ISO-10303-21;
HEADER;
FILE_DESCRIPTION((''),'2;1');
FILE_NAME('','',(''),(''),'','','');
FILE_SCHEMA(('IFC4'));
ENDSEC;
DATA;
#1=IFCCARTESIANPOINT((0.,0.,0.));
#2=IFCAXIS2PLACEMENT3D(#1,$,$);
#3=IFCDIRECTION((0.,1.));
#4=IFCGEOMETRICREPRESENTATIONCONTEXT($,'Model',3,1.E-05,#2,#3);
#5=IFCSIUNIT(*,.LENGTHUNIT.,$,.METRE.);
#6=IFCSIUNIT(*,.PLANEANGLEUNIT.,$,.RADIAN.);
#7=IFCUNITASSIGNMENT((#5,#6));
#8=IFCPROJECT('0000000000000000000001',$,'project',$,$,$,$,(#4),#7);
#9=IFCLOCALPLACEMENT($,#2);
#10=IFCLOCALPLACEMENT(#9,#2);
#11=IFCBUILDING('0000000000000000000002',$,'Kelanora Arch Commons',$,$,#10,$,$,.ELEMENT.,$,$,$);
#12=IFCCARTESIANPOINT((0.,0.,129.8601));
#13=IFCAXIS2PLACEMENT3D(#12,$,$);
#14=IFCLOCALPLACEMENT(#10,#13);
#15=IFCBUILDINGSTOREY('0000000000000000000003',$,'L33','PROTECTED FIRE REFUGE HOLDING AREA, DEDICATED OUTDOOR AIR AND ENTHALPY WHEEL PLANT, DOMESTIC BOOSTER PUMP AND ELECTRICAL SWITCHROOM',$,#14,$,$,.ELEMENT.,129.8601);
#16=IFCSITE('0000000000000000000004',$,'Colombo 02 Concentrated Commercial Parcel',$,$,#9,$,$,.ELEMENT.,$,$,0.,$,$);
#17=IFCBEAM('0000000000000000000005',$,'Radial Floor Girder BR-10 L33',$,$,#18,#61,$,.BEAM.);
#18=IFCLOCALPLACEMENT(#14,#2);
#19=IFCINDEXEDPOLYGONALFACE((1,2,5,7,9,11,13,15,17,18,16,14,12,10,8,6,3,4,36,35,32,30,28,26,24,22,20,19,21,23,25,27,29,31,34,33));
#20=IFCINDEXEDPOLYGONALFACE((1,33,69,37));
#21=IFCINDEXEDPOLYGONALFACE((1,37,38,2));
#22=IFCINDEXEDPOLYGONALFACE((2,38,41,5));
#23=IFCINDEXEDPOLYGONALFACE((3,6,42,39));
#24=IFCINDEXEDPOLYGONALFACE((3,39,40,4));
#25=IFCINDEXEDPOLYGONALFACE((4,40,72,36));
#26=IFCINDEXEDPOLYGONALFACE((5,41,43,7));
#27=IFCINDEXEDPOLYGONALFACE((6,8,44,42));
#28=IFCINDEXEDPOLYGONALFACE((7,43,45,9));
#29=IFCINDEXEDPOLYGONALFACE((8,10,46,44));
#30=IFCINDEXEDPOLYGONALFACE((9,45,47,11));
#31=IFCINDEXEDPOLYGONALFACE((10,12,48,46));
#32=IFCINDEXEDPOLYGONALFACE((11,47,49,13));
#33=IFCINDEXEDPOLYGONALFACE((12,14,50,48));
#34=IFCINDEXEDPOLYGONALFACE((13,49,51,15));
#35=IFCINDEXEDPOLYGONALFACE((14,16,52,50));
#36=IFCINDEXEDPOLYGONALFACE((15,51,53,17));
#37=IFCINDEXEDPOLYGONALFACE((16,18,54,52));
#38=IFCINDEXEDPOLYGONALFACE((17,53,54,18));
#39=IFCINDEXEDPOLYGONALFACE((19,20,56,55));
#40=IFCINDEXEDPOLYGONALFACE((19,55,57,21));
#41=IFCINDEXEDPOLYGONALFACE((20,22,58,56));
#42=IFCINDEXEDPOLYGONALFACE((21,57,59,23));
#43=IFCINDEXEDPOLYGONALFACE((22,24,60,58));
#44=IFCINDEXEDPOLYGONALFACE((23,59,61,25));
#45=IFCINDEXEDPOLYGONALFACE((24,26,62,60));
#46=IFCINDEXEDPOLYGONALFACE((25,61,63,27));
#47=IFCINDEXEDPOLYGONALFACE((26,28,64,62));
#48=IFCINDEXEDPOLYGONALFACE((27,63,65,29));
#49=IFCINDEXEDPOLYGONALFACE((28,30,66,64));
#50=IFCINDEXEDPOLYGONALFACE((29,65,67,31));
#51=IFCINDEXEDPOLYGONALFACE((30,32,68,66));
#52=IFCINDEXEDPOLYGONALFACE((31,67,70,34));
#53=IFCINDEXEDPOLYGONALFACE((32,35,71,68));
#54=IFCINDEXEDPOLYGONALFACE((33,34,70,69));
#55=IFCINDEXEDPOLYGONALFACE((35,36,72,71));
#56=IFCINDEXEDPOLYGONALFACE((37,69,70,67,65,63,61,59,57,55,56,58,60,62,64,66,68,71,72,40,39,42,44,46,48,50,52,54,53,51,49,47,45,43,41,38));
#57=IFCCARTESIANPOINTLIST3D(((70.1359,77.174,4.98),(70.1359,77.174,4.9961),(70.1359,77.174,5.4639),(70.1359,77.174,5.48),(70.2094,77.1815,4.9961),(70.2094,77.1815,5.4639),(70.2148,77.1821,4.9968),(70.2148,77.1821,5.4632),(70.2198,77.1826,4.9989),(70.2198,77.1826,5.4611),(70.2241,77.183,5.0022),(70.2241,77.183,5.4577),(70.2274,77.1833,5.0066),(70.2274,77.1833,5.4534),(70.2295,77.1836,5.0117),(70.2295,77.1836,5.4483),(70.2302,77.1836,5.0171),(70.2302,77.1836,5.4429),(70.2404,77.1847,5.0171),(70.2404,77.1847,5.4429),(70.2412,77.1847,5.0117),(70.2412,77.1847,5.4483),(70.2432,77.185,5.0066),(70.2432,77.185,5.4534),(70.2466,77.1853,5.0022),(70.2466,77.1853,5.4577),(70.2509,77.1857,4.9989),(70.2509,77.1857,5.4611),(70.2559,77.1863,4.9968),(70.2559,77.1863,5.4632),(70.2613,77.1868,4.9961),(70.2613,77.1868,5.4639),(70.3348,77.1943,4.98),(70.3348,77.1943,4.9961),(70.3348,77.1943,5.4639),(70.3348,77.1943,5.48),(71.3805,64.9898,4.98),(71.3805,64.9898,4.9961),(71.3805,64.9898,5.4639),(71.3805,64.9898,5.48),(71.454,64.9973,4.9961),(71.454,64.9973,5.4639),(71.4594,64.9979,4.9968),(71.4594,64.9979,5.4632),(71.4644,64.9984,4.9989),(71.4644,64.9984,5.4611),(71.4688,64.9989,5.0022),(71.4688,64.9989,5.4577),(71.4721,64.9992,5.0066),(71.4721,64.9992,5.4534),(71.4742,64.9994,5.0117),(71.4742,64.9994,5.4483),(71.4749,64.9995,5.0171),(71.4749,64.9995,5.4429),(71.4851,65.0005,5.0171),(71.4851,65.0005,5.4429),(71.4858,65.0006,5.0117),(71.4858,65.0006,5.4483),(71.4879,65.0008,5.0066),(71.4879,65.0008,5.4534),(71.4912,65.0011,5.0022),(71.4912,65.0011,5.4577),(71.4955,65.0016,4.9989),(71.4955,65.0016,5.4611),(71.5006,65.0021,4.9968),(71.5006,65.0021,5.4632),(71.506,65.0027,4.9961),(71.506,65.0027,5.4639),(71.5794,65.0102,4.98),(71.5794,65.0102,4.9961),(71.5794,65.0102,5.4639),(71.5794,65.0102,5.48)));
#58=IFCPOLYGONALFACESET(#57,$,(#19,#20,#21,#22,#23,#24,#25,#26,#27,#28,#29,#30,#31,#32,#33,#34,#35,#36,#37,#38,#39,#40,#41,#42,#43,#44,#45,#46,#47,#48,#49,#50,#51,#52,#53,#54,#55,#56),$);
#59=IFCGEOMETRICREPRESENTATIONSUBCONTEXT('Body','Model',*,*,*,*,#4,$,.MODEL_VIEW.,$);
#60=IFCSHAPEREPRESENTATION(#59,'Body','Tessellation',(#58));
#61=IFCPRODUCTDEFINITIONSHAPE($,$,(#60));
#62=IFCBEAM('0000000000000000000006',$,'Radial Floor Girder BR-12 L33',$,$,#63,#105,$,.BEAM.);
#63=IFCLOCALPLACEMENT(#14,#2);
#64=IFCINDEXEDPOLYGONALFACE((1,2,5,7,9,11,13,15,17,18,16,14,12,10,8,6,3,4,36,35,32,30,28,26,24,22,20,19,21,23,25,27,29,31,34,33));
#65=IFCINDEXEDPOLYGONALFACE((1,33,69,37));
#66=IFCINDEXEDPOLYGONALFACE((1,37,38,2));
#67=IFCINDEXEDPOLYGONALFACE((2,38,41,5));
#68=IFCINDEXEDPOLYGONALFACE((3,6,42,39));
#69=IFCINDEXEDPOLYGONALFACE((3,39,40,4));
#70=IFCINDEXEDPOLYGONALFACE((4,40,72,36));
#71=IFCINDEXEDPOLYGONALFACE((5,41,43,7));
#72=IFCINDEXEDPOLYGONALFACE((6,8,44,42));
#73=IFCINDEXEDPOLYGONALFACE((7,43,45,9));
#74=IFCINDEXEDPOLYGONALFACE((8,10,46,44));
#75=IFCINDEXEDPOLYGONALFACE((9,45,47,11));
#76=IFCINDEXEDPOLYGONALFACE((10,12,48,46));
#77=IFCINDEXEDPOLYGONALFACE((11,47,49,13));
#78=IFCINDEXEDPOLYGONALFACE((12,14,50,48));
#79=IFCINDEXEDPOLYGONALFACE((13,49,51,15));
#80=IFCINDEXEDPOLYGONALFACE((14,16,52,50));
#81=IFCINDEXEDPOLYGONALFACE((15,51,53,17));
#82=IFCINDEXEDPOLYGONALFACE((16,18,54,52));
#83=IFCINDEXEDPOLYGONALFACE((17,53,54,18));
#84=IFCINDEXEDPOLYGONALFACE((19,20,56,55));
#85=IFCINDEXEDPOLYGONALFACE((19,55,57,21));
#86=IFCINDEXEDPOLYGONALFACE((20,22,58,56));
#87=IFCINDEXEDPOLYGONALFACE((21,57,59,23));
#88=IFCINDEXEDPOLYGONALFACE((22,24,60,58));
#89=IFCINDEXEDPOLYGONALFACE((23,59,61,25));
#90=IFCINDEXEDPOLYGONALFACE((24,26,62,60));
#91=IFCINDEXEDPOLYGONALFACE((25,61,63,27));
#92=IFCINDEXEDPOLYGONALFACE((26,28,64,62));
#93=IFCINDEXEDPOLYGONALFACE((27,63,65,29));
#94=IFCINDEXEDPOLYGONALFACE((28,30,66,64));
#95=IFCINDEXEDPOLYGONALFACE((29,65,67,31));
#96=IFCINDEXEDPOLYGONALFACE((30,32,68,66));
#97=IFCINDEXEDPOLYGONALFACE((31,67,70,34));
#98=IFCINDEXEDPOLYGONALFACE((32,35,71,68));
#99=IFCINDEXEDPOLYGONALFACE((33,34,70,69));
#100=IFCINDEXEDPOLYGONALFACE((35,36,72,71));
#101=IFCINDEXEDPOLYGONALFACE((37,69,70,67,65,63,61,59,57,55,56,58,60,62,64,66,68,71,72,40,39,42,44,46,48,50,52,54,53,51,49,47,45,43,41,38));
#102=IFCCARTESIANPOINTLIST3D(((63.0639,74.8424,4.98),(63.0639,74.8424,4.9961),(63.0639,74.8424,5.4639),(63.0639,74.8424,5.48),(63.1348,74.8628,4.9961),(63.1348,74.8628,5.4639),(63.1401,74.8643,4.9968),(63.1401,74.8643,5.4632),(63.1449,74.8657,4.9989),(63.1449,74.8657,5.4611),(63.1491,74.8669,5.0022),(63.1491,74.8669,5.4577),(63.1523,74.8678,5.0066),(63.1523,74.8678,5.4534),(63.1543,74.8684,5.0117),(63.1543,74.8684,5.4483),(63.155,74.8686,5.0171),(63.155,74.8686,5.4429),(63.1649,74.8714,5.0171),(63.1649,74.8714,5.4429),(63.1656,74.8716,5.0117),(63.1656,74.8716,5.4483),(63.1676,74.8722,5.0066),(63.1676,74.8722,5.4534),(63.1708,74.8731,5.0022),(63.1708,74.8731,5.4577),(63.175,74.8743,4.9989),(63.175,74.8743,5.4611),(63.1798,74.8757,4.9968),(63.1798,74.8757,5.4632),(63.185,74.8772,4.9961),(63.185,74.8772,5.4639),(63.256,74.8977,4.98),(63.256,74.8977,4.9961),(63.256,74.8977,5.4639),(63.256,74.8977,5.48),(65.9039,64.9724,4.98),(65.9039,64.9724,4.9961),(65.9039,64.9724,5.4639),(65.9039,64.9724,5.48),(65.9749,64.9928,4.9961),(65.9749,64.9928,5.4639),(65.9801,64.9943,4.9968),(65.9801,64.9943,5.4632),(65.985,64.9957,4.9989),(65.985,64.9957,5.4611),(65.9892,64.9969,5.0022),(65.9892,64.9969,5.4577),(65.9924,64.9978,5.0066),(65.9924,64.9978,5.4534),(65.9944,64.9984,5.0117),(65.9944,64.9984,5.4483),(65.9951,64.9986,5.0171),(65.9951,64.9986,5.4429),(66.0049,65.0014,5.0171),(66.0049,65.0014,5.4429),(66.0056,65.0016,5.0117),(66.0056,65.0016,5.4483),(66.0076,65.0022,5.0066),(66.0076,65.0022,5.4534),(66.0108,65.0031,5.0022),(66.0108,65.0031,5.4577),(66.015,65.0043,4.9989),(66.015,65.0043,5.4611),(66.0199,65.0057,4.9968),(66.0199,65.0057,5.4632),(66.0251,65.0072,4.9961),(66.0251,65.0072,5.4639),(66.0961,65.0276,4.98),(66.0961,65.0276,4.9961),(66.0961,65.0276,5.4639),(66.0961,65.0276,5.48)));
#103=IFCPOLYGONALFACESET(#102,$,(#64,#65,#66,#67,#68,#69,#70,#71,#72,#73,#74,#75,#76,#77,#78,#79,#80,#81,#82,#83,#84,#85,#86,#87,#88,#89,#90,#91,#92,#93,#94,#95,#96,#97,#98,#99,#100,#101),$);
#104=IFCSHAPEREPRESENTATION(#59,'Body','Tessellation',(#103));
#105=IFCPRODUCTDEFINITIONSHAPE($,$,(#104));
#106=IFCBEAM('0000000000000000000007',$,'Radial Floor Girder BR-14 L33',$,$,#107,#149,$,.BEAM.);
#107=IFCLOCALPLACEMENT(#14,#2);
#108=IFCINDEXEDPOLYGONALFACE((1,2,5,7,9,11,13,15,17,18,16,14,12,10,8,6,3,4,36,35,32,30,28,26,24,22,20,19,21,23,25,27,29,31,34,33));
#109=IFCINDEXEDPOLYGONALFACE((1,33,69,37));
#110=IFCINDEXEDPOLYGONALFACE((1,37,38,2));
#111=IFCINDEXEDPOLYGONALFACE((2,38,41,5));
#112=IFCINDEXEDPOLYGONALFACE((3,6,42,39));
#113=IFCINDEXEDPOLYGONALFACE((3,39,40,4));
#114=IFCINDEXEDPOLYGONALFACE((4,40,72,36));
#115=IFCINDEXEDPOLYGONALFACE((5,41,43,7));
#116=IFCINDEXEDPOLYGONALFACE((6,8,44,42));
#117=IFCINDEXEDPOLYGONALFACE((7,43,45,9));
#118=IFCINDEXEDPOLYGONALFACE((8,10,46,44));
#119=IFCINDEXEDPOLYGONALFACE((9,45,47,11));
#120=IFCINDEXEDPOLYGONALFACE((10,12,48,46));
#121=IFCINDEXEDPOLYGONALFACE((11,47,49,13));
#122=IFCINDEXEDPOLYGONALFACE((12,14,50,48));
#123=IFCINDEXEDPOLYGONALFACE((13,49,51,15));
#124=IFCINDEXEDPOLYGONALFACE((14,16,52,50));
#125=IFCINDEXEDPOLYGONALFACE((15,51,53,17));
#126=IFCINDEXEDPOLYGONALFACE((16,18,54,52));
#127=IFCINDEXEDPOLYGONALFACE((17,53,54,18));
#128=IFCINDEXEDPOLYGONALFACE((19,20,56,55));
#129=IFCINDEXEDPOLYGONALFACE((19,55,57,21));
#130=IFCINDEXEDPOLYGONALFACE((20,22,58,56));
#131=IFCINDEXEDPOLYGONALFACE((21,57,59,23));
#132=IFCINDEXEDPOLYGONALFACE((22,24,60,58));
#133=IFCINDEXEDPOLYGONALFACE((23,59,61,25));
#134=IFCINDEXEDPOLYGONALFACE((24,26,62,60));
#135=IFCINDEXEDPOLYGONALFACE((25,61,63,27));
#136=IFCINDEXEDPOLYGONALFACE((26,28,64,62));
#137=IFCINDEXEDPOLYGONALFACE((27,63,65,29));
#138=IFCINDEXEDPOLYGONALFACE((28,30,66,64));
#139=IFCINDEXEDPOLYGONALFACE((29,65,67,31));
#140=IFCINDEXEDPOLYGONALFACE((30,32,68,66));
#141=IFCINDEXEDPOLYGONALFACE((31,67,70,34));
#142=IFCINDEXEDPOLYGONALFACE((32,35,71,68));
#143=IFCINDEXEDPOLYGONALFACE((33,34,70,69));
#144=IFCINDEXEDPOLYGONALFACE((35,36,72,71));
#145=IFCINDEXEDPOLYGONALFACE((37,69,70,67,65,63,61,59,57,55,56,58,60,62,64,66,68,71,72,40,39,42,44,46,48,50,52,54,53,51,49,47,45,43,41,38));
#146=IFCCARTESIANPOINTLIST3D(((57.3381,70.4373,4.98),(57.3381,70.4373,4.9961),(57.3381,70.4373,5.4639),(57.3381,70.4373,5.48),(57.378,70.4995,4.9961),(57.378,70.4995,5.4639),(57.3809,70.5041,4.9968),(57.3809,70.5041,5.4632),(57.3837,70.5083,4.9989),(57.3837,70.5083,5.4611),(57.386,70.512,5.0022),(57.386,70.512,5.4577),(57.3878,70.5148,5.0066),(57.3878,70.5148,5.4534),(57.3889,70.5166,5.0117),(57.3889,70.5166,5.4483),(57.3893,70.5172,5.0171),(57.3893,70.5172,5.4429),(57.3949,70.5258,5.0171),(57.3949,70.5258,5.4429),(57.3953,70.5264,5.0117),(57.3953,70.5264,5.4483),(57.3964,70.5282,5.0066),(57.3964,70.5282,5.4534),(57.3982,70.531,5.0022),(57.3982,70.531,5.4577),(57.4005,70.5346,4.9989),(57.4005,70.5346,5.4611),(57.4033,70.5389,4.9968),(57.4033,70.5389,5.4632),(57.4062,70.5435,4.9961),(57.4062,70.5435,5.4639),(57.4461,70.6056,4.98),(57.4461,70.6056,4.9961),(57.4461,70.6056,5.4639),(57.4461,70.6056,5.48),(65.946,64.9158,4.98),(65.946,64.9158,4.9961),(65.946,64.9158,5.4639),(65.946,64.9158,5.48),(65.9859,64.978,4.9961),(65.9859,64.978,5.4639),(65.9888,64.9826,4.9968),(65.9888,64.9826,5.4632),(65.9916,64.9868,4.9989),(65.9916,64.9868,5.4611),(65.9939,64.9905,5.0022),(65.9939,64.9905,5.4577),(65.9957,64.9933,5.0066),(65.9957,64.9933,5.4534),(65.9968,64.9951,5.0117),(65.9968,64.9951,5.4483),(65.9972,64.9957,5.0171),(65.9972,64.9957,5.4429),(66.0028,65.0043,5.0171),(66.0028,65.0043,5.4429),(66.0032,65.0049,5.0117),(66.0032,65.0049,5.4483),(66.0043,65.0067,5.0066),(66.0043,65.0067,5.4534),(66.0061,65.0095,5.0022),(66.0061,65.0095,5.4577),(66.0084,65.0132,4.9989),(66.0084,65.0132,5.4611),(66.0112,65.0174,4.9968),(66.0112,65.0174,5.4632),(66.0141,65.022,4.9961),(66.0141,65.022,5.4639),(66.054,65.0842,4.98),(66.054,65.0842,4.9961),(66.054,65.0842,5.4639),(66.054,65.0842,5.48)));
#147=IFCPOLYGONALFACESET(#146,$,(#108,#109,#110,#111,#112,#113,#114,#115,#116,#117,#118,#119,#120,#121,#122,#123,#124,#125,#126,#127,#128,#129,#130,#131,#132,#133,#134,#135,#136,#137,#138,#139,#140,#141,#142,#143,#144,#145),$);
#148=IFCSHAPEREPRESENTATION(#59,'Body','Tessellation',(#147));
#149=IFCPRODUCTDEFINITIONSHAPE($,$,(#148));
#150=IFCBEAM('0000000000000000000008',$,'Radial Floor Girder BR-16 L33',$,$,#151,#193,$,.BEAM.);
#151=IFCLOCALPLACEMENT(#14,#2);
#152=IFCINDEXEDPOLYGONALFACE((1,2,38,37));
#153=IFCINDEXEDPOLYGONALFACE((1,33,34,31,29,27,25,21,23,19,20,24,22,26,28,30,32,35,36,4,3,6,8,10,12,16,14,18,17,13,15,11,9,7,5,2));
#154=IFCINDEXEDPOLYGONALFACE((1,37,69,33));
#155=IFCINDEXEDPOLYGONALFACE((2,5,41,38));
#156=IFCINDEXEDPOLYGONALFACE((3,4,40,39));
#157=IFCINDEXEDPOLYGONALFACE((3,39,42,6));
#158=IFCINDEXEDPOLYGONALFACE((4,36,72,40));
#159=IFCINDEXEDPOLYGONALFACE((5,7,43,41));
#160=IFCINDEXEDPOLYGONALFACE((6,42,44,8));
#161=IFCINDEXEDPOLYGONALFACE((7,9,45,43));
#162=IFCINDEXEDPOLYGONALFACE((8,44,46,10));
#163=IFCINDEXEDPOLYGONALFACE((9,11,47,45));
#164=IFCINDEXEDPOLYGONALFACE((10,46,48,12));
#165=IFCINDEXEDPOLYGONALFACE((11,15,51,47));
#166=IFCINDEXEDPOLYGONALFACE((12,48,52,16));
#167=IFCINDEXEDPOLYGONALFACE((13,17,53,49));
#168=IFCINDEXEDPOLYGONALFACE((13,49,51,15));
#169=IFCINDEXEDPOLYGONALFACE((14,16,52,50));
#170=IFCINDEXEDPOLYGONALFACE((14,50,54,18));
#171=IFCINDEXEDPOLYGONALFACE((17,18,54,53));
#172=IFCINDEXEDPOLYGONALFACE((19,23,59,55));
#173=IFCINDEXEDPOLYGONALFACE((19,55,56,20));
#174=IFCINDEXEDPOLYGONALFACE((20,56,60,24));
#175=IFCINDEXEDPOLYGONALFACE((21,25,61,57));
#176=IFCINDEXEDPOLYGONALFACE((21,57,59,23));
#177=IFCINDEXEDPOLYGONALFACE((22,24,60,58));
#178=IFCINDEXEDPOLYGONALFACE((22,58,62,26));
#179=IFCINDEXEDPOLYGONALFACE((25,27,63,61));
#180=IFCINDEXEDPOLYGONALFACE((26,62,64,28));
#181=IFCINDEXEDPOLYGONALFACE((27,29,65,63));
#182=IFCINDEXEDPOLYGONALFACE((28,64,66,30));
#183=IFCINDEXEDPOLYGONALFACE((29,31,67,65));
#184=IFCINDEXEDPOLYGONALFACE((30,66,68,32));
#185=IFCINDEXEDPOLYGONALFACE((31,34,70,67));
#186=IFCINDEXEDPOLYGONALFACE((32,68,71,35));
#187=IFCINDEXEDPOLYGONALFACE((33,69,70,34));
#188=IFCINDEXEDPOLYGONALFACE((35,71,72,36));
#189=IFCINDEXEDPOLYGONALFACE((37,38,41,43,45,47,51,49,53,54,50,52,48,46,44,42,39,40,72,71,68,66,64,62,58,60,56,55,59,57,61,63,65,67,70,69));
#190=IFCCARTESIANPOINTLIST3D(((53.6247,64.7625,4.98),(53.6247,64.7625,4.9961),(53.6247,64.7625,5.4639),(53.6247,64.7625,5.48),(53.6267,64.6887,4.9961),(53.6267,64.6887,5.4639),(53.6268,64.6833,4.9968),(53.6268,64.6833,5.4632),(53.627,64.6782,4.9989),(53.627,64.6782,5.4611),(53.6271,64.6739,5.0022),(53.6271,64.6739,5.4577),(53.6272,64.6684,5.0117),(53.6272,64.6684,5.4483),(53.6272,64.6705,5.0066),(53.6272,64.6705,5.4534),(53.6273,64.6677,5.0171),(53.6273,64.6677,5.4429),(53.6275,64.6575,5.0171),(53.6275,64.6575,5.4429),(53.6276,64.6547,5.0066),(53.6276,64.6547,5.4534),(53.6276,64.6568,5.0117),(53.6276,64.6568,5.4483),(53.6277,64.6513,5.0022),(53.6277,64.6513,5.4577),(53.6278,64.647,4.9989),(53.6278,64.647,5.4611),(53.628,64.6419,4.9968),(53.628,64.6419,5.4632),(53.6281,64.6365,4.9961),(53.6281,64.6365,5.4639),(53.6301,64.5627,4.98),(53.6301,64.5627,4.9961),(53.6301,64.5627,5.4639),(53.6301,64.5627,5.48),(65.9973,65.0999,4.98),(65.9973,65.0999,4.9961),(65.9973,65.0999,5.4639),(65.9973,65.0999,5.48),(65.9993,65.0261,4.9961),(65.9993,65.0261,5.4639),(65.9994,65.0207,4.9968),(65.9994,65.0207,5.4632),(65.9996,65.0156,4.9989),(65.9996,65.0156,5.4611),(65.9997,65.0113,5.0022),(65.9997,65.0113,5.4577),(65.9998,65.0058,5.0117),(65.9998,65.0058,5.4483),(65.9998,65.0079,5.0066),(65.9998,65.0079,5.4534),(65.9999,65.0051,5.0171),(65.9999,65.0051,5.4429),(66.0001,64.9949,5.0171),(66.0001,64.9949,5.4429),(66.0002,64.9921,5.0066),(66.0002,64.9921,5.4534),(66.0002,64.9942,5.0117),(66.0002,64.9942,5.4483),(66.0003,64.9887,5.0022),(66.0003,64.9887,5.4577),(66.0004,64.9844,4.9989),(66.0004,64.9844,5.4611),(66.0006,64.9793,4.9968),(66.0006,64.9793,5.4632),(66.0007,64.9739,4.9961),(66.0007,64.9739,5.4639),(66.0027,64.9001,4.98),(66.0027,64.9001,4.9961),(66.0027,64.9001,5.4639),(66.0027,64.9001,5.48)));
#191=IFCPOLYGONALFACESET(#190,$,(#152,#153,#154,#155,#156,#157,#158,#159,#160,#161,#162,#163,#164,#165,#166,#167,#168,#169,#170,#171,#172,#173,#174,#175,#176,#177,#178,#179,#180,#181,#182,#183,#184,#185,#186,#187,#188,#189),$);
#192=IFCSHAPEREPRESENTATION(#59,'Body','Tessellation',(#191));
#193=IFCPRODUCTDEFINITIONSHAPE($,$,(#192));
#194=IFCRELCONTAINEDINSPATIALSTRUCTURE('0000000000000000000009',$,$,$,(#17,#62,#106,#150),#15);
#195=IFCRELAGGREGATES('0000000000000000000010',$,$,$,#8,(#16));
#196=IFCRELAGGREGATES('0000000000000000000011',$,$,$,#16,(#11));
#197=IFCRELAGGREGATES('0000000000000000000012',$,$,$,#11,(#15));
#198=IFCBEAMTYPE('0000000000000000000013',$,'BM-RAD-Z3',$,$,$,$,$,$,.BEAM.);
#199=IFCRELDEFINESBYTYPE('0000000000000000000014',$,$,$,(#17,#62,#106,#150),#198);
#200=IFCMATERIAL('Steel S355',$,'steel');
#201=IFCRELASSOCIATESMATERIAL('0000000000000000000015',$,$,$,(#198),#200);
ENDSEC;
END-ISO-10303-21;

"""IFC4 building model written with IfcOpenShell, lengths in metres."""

from ifc_helpers import new_model, si_unit, direction, frame, origin, origin_2d, place, context, subcontext, project, spatial, i_section, extrude, material, material_profile, profile_set, type_object, element, save


model = new_model("IFC4")

# Units and contexts
model_context = context("Model", 3, precision=1e-05, world=origin(), true_north=direction((0.0, 1.0)))
body_context = subcontext(model_context, "Body", "Model", "MODEL_VIEW")
ifc_project = project(units=[si_unit("LENGTHUNIT", "METRE"), si_unit("PLANEANGLEUNIT", "RADIAN")], contexts=[model_context])

# Site, building, storey
site_placement = place(None, origin())
site = spatial("IfcSite", under=ifc_project, at=site_placement, Name="Colombo 02 Concentrated Commercial Parcel", CompositionType="ELEMENT", RefElevation=0.0)
building_placement = place(site_placement, origin())
building = spatial("IfcBuilding", under=site, at=building_placement, Name="Kelanora Arch Commons", CompositionType="ELEMENT")
storey_placement = place(building_placement, frame((0.0, 0.0, 129.8601)))
storey = spatial("IfcBuildingStorey", under=building, at=storey_placement, Name="L33", Description="PROTECTED FIRE REFUGE HOLDING AREA, DEDICATED OUTDOOR AIR AND ENTHALPY WHEEL PLANT, DOMESTIC BOOSTER PUMP AND ELECTRICAL SWITCHROOM", CompositionType="ELEMENT", Elevation=129.8601)

# Beams
ifc_material_1 = material(Name="Steel S355", Category="steel")
ifc_material_profile_1 = material_profile(ifc_material_1, i_section(OverallWidth=0.2, OverallDepth=0.5, WebThickness=0.0103, FlangeThickness=0.0161, FilletRadius=0.021, at=origin_2d()), Name="IPE500")
ifc_profile_set_1 = profile_set([ifc_material_profile_1], Name="Steel S355")
beam_type_1 = type_object("IfcBeamType", Name="BM-RAD-Z3", PredefinedType="BEAM", material=ifc_profile_set_1)
beam_1_placement = place(storey_placement, frame((71.48, 65.0, 5.23), z_axis=(-0.101623, 0.994823, 0.0), x_axis=(-0.994823, -0.101623, 0.0)))
element("IfcBeam", 1, at=beam_1_placement, inside=storey, type_object=beam_type_1, Name="Radial Floor Girder BR-10 L33", PredefinedType="BEAM", context=body_context, shape_type="SweptSolid", body=[
    extrude(i_section(OverallWidth=0.2, OverallDepth=0.5, WebThickness=0.0103, FlangeThickness=0.0161, FilletRadius=0.021, at=origin_2d()), origin(), (0.0, 0.0, 1.0), 12.2476),
])
beam_2_placement = place(storey_placement, frame((66.0, 65.0, 5.23), z_axis=(-0.276526, 0.961006, 0.0), x_axis=(-0.961006, -0.276526, 0.0)))
element("IfcBeam", 2, at=beam_2_placement, inside=storey, type_object=beam_type_1, Name="Radial Floor Girder BR-12 L33", PredefinedType="BEAM", context=body_context, shape_type="SweptSolid", body=[
    extrude(i_section(OverallWidth=0.2, OverallDepth=0.5, WebThickness=0.0103, FlangeThickness=0.0161, FilletRadius=0.021, at=origin_2d()), origin(), (0.0, 0.0, 1.0), 10.2705),
])
beam_3_placement = place(storey_placement, frame((66.0, 65.0, 5.23), z_axis=(-0.841719, 0.539915, 0.0), x_axis=(-0.539915, -0.841719, 0.0)))
element("IfcBeam", 3, at=beam_3_placement, inside=storey, type_object=beam_type_1, Name="Radial Floor Girder BR-14 L33", PredefinedType="BEAM", context=body_context, shape_type="SweptSolid", body=[
    extrude(i_section(OverallWidth=0.2, OverallDepth=0.5, WebThickness=0.0103, FlangeThickness=0.0161, FilletRadius=0.021, at=origin_2d()), origin(), (0.0, 0.0, 1.0), 10.2266),
])
beam_4_placement = place(storey_placement, frame((66.0, 65.0, 5.23), z_axis=(-0.999628, -0.02726, 0.0), x_axis=(0.02726, -0.999628, 0.0)))
element("IfcBeam", 4, at=beam_4_placement, inside=storey, type_object=beam_type_1, Name="Radial Floor Girder BR-16 L33", PredefinedType="BEAM", context=body_context, shape_type="SweptSolid", body=[
    extrude(i_section(OverallWidth=0.2, OverallDepth=0.5, WebThickness=0.0103, FlangeThickness=0.0161, FilletRadius=0.021, at=origin_2d()), origin(), (0.0, 0.0, 1.0), 12.3772),
])

save(model, "model.ifc")
